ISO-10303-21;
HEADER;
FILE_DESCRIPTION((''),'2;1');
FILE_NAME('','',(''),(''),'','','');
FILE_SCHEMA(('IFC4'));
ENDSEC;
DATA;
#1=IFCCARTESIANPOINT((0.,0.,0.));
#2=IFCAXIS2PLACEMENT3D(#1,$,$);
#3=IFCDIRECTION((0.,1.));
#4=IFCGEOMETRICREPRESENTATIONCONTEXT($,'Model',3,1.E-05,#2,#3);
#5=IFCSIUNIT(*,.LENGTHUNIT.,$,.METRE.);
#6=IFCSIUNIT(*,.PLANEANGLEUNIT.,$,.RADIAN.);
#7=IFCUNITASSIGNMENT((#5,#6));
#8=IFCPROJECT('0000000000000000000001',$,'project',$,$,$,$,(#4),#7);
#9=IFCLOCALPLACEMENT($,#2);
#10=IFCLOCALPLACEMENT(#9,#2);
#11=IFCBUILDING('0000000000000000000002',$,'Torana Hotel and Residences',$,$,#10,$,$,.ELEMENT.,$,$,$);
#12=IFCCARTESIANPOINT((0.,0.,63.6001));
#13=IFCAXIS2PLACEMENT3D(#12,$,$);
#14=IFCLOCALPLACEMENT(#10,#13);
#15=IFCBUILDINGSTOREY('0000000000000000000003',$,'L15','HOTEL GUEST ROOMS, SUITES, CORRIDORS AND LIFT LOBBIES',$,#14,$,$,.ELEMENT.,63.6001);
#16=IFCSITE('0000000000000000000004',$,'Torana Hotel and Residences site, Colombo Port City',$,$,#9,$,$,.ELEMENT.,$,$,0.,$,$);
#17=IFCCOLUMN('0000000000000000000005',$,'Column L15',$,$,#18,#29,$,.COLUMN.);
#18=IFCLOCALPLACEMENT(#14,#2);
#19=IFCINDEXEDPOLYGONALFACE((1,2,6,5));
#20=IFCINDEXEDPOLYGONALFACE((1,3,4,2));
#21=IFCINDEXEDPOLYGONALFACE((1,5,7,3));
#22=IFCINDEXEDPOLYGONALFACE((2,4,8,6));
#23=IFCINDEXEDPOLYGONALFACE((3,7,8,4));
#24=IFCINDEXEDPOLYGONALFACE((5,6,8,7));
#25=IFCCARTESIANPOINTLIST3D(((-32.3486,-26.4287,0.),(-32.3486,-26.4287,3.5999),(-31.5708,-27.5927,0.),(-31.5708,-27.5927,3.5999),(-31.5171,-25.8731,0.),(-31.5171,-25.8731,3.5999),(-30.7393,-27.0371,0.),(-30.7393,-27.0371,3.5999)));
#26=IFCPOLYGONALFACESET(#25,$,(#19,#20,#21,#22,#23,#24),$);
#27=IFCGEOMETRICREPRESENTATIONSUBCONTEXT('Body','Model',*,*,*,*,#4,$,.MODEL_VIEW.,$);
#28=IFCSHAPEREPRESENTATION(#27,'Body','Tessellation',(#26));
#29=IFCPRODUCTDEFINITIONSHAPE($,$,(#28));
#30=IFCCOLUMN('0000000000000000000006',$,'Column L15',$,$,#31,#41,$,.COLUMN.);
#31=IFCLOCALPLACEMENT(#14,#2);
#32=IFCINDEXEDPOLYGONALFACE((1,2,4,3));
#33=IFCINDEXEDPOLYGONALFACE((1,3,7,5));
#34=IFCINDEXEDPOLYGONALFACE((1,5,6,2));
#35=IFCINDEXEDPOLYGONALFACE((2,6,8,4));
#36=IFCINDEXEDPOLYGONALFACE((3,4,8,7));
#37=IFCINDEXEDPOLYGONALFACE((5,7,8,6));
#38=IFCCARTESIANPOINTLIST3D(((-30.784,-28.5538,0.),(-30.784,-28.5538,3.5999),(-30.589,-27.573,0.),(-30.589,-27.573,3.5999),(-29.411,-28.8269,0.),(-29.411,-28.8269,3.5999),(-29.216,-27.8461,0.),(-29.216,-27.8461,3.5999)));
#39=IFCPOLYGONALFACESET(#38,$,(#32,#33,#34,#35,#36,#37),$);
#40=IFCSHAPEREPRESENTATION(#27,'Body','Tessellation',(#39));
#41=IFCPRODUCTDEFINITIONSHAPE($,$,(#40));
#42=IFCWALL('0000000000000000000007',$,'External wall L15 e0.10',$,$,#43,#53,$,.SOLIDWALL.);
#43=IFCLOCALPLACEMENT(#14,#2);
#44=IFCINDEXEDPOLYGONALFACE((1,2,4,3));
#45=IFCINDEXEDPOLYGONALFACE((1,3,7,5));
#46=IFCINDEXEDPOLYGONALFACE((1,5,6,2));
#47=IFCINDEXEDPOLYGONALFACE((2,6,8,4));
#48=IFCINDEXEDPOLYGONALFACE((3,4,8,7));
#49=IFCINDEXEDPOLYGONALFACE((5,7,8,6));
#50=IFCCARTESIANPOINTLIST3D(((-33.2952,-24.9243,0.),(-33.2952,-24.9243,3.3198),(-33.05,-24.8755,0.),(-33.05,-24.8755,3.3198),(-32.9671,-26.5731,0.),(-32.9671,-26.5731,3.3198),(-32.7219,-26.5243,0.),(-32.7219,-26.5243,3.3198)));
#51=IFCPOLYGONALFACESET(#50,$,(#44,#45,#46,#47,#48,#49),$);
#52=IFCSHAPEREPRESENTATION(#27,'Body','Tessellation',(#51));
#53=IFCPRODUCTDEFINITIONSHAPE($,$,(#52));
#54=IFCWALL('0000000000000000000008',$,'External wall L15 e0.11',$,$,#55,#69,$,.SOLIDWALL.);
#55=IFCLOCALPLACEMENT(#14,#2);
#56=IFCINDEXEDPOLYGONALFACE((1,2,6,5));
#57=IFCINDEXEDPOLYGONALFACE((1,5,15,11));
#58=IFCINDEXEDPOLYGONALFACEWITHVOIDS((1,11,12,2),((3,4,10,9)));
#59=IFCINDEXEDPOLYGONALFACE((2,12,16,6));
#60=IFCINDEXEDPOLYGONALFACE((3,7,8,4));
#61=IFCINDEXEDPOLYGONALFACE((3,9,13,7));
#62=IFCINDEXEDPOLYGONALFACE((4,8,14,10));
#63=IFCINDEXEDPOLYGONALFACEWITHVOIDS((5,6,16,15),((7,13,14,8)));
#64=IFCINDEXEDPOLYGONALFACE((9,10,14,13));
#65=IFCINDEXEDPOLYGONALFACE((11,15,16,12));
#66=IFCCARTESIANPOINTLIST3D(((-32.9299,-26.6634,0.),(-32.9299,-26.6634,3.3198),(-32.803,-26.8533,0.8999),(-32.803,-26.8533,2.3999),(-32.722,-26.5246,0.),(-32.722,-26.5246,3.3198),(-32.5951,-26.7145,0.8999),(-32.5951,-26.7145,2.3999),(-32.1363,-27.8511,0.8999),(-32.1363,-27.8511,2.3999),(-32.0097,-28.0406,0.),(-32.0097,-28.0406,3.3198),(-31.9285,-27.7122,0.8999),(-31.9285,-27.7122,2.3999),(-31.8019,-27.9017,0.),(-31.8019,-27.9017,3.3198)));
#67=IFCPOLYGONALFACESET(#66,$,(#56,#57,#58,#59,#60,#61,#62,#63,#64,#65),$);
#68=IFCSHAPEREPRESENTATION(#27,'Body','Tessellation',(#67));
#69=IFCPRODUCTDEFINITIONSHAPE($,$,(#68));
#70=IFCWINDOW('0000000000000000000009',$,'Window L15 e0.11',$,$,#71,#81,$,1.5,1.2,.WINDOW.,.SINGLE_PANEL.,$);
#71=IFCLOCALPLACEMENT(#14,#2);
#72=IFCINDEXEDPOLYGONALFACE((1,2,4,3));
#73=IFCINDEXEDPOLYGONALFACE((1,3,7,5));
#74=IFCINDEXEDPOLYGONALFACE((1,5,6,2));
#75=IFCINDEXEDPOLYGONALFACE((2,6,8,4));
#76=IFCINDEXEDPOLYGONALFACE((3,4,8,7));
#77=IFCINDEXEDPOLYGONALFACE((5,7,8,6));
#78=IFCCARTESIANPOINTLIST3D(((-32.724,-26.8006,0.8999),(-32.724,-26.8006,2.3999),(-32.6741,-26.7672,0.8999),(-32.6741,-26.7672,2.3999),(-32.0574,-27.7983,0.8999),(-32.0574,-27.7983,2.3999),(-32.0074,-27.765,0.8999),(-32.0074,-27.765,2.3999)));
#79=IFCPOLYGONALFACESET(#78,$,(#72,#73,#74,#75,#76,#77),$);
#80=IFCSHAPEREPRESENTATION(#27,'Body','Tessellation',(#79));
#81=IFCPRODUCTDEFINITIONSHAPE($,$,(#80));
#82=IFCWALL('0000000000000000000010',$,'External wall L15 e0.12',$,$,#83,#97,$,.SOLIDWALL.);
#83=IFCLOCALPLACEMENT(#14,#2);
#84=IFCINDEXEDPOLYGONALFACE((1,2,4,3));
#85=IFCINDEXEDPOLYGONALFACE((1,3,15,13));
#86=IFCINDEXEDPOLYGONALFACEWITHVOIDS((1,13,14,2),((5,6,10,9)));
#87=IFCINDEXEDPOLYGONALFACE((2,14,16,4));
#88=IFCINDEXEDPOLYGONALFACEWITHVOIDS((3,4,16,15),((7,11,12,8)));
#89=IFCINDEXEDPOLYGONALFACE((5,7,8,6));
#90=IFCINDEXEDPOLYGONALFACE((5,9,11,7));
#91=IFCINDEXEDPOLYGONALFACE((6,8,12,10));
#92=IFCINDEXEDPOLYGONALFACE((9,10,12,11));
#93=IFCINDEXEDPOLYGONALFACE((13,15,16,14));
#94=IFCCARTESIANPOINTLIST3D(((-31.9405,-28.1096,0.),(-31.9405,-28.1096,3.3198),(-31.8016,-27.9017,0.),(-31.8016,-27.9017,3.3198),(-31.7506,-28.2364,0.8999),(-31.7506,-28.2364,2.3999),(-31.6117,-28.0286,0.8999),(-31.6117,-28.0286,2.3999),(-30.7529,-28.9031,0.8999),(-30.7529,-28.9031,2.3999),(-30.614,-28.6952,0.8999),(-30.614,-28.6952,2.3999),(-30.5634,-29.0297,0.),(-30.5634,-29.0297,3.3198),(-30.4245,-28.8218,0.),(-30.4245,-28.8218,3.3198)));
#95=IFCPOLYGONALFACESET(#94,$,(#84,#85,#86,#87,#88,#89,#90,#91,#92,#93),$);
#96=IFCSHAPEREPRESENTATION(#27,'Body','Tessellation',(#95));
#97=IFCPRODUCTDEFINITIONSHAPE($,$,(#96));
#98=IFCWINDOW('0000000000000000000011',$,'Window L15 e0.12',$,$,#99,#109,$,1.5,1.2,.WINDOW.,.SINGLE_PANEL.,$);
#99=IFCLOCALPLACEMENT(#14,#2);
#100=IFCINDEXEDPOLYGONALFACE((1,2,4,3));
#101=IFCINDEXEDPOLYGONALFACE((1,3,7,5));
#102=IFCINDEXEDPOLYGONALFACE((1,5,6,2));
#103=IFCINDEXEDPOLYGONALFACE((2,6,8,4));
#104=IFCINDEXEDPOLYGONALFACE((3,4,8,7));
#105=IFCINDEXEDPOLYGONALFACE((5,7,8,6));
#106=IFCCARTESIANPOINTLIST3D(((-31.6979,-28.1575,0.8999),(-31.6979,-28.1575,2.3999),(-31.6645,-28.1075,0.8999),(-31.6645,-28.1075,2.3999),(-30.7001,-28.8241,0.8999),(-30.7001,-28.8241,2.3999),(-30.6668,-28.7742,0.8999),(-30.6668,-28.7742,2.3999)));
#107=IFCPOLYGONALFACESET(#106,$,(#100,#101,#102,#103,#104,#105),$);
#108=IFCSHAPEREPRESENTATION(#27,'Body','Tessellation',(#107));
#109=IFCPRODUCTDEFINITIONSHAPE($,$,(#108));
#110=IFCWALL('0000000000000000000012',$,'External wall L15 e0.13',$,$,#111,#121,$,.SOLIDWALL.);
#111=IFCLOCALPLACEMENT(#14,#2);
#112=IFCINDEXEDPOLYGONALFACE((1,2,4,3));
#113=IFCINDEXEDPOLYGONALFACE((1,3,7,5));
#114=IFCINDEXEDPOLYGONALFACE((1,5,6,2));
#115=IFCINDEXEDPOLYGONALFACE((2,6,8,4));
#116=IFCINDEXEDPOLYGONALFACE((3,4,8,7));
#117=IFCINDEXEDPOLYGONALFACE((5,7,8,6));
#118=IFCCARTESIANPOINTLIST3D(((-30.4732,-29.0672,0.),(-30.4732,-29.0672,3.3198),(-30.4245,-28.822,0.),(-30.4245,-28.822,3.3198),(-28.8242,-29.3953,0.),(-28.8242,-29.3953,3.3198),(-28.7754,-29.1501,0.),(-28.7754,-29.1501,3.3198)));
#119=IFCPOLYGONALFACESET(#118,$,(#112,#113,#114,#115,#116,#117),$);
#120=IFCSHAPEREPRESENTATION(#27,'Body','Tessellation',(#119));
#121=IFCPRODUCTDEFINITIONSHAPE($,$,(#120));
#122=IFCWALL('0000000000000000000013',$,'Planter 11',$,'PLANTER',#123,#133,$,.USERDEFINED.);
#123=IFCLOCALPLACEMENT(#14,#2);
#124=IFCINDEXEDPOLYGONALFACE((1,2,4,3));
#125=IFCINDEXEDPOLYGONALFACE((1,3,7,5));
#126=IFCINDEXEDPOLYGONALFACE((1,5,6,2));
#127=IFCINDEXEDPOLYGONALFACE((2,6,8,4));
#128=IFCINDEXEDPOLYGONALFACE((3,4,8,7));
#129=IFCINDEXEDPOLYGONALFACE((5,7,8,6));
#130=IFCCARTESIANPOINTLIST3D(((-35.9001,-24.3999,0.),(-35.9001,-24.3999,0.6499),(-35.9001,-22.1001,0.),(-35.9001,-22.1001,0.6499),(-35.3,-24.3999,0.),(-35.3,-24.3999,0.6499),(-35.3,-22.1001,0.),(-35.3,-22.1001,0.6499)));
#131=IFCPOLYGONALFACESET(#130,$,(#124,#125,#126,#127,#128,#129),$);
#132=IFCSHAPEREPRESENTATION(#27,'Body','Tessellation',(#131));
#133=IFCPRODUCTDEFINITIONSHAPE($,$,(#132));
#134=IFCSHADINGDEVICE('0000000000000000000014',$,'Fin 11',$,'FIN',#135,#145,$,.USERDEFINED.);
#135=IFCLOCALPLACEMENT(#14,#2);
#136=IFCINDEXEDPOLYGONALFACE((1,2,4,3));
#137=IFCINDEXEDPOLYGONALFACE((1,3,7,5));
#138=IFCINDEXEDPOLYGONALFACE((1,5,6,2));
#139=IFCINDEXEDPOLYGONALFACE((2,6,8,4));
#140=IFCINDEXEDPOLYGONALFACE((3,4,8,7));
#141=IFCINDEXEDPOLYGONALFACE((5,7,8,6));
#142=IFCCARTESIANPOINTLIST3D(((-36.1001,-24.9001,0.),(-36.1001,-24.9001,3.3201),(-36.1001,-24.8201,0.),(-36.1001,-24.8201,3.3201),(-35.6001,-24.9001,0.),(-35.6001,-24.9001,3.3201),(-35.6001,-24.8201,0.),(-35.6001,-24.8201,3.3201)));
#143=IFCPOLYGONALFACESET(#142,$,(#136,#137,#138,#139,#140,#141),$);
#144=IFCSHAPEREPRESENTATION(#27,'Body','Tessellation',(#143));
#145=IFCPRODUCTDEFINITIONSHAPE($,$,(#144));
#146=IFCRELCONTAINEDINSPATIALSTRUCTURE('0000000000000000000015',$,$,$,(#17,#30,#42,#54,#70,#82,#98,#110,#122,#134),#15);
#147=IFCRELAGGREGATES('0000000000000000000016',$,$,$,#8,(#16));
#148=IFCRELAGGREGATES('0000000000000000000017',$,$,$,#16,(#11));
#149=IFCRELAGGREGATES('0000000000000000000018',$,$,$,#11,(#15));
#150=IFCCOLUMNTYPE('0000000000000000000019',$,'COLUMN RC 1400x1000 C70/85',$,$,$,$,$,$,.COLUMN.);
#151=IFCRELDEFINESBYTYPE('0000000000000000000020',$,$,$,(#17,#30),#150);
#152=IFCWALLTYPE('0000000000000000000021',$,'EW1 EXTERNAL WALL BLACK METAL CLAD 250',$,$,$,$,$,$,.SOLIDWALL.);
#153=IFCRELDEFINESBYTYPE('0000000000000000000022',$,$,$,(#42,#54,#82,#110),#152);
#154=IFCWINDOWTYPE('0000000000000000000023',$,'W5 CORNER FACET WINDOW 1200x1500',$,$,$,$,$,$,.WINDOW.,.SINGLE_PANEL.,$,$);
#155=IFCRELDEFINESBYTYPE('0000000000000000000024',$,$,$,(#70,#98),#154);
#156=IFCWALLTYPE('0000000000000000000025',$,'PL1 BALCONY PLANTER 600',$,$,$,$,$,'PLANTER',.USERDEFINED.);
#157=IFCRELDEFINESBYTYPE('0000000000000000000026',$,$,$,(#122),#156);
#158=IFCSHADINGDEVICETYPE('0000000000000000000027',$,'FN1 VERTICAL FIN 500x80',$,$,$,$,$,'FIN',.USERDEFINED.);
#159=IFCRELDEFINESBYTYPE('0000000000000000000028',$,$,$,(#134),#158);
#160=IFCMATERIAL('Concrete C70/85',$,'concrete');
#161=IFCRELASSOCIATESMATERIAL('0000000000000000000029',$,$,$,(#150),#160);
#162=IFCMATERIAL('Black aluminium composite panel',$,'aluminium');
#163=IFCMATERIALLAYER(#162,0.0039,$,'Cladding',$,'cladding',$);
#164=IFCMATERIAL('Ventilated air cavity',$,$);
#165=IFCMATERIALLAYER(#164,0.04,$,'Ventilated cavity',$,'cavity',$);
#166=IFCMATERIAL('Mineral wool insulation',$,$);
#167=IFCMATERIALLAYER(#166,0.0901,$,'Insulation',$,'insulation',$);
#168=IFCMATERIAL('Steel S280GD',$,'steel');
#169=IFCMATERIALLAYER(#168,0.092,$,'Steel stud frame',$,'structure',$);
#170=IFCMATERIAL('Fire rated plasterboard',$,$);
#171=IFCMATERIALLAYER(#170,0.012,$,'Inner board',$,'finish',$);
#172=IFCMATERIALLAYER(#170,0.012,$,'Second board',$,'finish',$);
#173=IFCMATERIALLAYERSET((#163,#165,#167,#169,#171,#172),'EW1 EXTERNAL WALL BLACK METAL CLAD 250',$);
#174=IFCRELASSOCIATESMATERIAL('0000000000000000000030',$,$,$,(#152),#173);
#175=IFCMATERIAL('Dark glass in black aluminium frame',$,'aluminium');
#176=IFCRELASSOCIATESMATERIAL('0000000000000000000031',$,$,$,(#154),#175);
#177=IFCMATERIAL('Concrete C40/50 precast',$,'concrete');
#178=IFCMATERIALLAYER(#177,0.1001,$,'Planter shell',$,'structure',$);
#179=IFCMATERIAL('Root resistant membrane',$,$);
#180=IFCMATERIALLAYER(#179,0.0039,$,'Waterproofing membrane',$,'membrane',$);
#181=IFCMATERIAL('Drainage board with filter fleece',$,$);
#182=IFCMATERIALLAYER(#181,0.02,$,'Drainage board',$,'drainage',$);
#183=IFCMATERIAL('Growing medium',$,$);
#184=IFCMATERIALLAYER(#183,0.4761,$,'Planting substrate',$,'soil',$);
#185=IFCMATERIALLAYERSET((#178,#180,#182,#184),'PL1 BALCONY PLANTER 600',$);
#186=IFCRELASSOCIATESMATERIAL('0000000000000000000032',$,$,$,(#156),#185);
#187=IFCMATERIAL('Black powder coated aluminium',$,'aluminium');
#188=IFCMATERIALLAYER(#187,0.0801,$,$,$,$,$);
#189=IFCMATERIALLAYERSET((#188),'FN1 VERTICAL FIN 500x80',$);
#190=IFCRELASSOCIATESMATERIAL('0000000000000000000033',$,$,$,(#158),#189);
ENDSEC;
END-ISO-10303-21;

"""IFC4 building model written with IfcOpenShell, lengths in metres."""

from ifc_helpers import new_model, si_unit, direction, frame, frame_2d, origin, origin_2d, place, context, subcontext, project, spatial, rectangle, extrude, material, layer, layer_set, material_profile, profile_set, type_object, element, fill, save


model = new_model("IFC4")

# Units and contexts
model_context = context("Model", 3, precision=1e-05, world=origin(), true_north=direction((0.0, 1.0)))
body_context = subcontext(model_context, "Body", "Model", "MODEL_VIEW")
ifc_project = project(units=[si_unit("LENGTHUNIT", "METRE"), si_unit("PLANEANGLEUNIT", "RADIAN")], contexts=[model_context])

# Site, building, storey
site_placement = place(None, origin())
site = spatial("IfcSite", under=ifc_project, at=site_placement, Name="Torana Hotel and Residences site, Colombo Port City", CompositionType="ELEMENT", RefElevation=0.0)
building_placement = place(site_placement, origin())
building = spatial("IfcBuilding", under=site, at=building_placement, Name="Torana Hotel and Residences", CompositionType="ELEMENT")
storey_placement = place(building_placement, frame((0.0, 0.0, 63.6001)))
storey = spatial("IfcBuildingStorey", under=building, at=storey_placement, Name="L15", Description="HOTEL GUEST ROOMS, SUITES, CORRIDORS AND LIFT LOBBIES", CompositionType="ELEMENT", Elevation=63.6001)

# Columns
ifc_material_1 = material(Name="Concrete C70/85", Category="concrete")
ifc_material_profile = material_profile(ifc_material_1, rectangle(XDim=1.3999, YDim=1.0, at=origin_2d()), Name="RC 1400x1000")
ifc_profile_set = profile_set([ifc_material_profile], Name="Concrete C70/85")
column_type = type_object("IfcColumnType", Name="COLUMN RC 1400x1000 C70/85", PredefinedType="COLUMN", material=ifc_profile_set)
for number, where, z_axis, x_axis, name in (
    (1, (-31.5439, -26.7329, 0.0), (0.0, 0.0, 1.0), (-0.555585, 0.83146, 0.0), "Column L15"),
    (2, (-30.0, -28.2, 0.0), (0.0, 0.0, 1.0), (-0.980792, 0.195056, 0.0), "Column L15"),
):
    element("IfcColumn", number, at=place(storey_placement, frame(where, z_axis=z_axis, x_axis=x_axis)), inside=storey, type_object=column_type, Name=name, PredefinedType="COLUMN", context=body_context, shape_type="SweptSolid", body=[
        extrude(rectangle(XDim=1.3999, YDim=1.0, at=origin_2d()), origin(), (0.0, 0.0, 1.0), 3.5999),
    ])

# Wall
ifc_material_2 = material(Name="Black aluminium composite panel", Category="aluminium")
ifc_layer_1 = layer(ifc_material_2, 0.0039, Name="Cladding", Category="cladding")
ifc_material_3 = material(Name="Ventilated air cavity")
ifc_layer_2 = layer(ifc_material_3, 0.04, Name="Ventilated cavity", Category="cavity")
ifc_material_4 = material(Name="Mineral wool insulation")
ifc_layer_3 = layer(ifc_material_4, 0.0901, Name="Insulation", Category="insulation")
ifc_material_5 = material(Name="Steel S280GD", Category="steel")
ifc_layer_4 = layer(ifc_material_5, 0.092, Name="Steel stud frame", Category="structure")
ifc_material_6 = material(Name="Fire rated plasterboard")
ifc_layer_5 = layer(ifc_material_6, 0.012, Name="Inner board", Category="finish")
ifc_layer_6 = layer(ifc_material_6, 0.012, Name="Second board", Category="finish")
ifc_layer_set_1 = layer_set([ifc_layer_1, ifc_layer_2, ifc_layer_3, ifc_layer_4, ifc_layer_5, ifc_layer_6], Name="EW1 EXTERNAL WALL BLACK METAL CLAD 250")
wall_type_1 = type_object("IfcWallType", Name="EW1 EXTERNAL WALL BLACK METAL CLAD 250", PredefinedType="SOLIDWALL", material=ifc_layer_set_1)
wall_1_placement = place(storey_placement, frame((-33.1726, -24.8999, 0.0), z_axis=(0.0, 0.0, 1.0), x_axis=(0.195167, -0.98077, 0.0)))
element("IfcWall", 3, at=wall_1_placement, inside=storey, type_object=wall_type_1, Name="External wall L15 e0.10", PredefinedType="SOLIDWALL", context=body_context, shape_type="SweptSolid", body=[
    extrude(rectangle(XDim=1.6812, YDim=0.25, at=frame_2d((0.8406, 0.0))), origin(), (0.0, 0.0, 1.0), 3.3198),
])

# Walls, openings, windows
wall_2_placement = place(storey_placement, frame((-32.8259, -26.594, 0.0), z_axis=(0.0, 0.0, 1.0), x_axis=(0.55555, -0.831483, 0.0)))
wall_2 = element("IfcWall", 4, at=wall_2_placement, inside=storey, type_object=wall_type_1, Name="External wall L15 e0.11", PredefinedType="SOLIDWALL", context=body_context, shape_type="SweptSolid", body=[
    extrude(rectangle(XDim=1.6562, YDim=0.25, at=frame_2d((0.8281, 0.0))), origin(), (0.0, 0.0, 1.0), 3.3198),
])
opening_1_placement = place(wall_2_placement, frame((0.2283, 0.0, 0.8999)))
opening_1 = element("IfcOpeningElement", 5, at=opening_1_placement, cuts=wall_2, PredefinedType="OPENING", context=body_context, shape_type="SweptSolid", body=[
    extrude(rectangle(XDim=1.2, YDim=1.5, at=frame_2d((0.6001, 0.75))), frame((0.0, 0.135, 0.0), z_axis=(0.0, -1.0, 0.0), x_axis=(1.0, 0.0, 0.0)), (0.0, 0.0, 1.0), 0.27),
])
ifc_material_7 = material(Name="Dark glass in black aluminium frame", Category="aluminium")
window_type = type_object("IfcWindowType", Name="W5 CORNER FACET WINDOW 1200x1500", PartitioningType="SINGLE_PANEL", PredefinedType="WINDOW", material=ifc_material_7)
window_1_placement = place(opening_1_placement, origin())
window_1 = element("IfcWindow", 6, at=window_1_placement, inside=storey, type_object=window_type, Name="Window L15 e0.11", OverallHeight=1.5, OverallWidth=1.2, PartitioningType="SINGLE_PANEL", PredefinedType="WINDOW", context=body_context, shape_type="SweptSolid", body=[
    extrude(rectangle(XDim=1.2, YDim=1.5, at=frame_2d((0.6001, 0.75))), frame((0.0, 0.03, 0.0), z_axis=(0.0, -1.0, 0.0), x_axis=(1.0, 0.0, 0.0)), (0.0, 0.0, 1.0), 0.0601),
])
fill(opening_1, window_1)
wall_3_placement = place(storey_placement, frame((-31.8711, -28.0056, 0.0), z_axis=(0.0, 0.0, 1.0), x_axis=(0.831483, -0.55555, 0.0)))
wall_3 = element("IfcWall", 7, at=wall_3_placement, inside=storey, type_object=wall_type_1, Name="External wall L15 e0.12", PredefinedType="SOLIDWALL", context=body_context, shape_type="SweptSolid", body=[
    extrude(rectangle(XDim=1.6562, YDim=0.25, at=frame_2d((0.8281, 0.0))), origin(), (0.0, 0.0, 1.0), 3.3198),
])
opening_2_placement = place(wall_3_placement, frame((0.2283, 0.0, 0.8999)))
opening_2 = element("IfcOpeningElement", 8, at=opening_2_placement, cuts=wall_3, PredefinedType="OPENING", context=body_context, shape_type="SweptSolid", body=[
    extrude(rectangle(XDim=1.2, YDim=1.5, at=frame_2d((0.6001, 0.75))), frame((0.0, 0.135, 0.0), z_axis=(0.0, -1.0, 0.0), x_axis=(1.0, 0.0, 0.0)), (0.0, 0.0, 1.0), 0.27),
])
window_2_placement = place(opening_2_placement, origin())
window_2 = element("IfcWindow", 9, at=window_2_placement, inside=storey, type_object=window_type, Name="Window L15 e0.12", OverallHeight=1.5, OverallWidth=1.2, PartitioningType="SINGLE_PANEL", PredefinedType="WINDOW", context=body_context, shape_type="SweptSolid", body=[
    extrude(rectangle(XDim=1.2, YDim=1.5, at=frame_2d((0.6001, 0.75))), frame((0.0, 0.03, 0.0), z_axis=(0.0, -1.0, 0.0), x_axis=(1.0, 0.0, 0.0)), (0.0, 0.0, 1.0), 0.0601),
])
fill(opening_2, window_2)

# Walls
wall_4_placement = place(storey_placement, frame((-30.449, -28.9446, 0.0), z_axis=(0.0, 0.0, 1.0), x_axis=(0.980776, -0.195139, 0.0)))
element("IfcWall", 10, at=wall_4_placement, inside=storey, type_object=wall_type_1, Name="External wall L15 e0.13", PredefinedType="SOLIDWALL", context=body_context, shape_type="SweptSolid", body=[
    extrude(rectangle(XDim=1.6814, YDim=0.25, at=frame_2d((0.8408, 0.0))), origin(), (0.0, 0.0, 1.0), 3.3198),
])
ifc_material_8 = material(Name="Concrete C40/50 precast", Category="concrete")
ifc_layer_7 = layer(ifc_material_8, 0.1001, Name="Planter shell", Category="structure")
ifc_material_9 = material(Name="Root resistant membrane")
ifc_layer_8 = layer(ifc_material_9, 0.0039, Name="Waterproofing membrane", Category="membrane")
ifc_material_10 = material(Name="Drainage board with filter fleece")
ifc_layer_9 = layer(ifc_material_10, 0.02, Name="Drainage board", Category="drainage")
ifc_material_11 = material(Name="Growing medium")
ifc_layer_10 = layer(ifc_material_11, 0.4761, Name="Planting substrate", Category="soil")
ifc_layer_set_2 = layer_set([ifc_layer_7, ifc_layer_8, ifc_layer_9, ifc_layer_10], Name="PL1 BALCONY PLANTER 600")
wall_type_2 = type_object("IfcWallType", Name="PL1 BALCONY PLANTER 600", ElementType="PLANTER", PredefinedType="USERDEFINED", material=ifc_layer_set_2)
wall_5_placement = place(storey_placement, frame((-35.6001, -24.3999, 0.0), z_axis=(0.0, 0.0, 1.0), x_axis=(0.0, 1.0, 0.0)))
element("IfcWall", 11, at=wall_5_placement, inside=storey, type_object=wall_type_2, Name="Planter 11", ObjectType="PLANTER", PredefinedType="USERDEFINED", context=body_context, shape_type="SweptSolid", body=[
    extrude(rectangle(XDim=2.2998, YDim=0.6001, at=frame_2d((1.1499, 0.0))), origin(), (0.0, 0.0, 1.0), 0.6499),
])

# Shading device
ifc_material_12 = material(Name="Black powder coated aluminium", Category="aluminium")
ifc_layer_11 = layer(ifc_material_12, 0.0801)
ifc_layer_set_3 = layer_set([ifc_layer_11], Name="FN1 VERTICAL FIN 500x80")
shading_device_type = type_object("IfcShadingDeviceType", Name="FN1 VERTICAL FIN 500x80", ElementType="FIN", PredefinedType="USERDEFINED", material=ifc_layer_set_3)
shading_device_placement = place(storey_placement, frame((-35.8501, -24.8601, 0.0), z_axis=(0.0, 0.0, 1.0), x_axis=(0.0, 1.0, 0.0)))
element("IfcShadingDevice", 12, at=shading_device_placement, inside=storey, type_object=shading_device_type, Name="Fin 11", ObjectType="FIN", PredefinedType="USERDEFINED", context=body_context, shape_type="SweptSolid", body=[
    extrude(rectangle(XDim=0.0801, YDim=0.5, at=origin_2d()), origin(), (0.0, 0.0, 1.0), 3.3201),
])

save(model, "model.ifc")
